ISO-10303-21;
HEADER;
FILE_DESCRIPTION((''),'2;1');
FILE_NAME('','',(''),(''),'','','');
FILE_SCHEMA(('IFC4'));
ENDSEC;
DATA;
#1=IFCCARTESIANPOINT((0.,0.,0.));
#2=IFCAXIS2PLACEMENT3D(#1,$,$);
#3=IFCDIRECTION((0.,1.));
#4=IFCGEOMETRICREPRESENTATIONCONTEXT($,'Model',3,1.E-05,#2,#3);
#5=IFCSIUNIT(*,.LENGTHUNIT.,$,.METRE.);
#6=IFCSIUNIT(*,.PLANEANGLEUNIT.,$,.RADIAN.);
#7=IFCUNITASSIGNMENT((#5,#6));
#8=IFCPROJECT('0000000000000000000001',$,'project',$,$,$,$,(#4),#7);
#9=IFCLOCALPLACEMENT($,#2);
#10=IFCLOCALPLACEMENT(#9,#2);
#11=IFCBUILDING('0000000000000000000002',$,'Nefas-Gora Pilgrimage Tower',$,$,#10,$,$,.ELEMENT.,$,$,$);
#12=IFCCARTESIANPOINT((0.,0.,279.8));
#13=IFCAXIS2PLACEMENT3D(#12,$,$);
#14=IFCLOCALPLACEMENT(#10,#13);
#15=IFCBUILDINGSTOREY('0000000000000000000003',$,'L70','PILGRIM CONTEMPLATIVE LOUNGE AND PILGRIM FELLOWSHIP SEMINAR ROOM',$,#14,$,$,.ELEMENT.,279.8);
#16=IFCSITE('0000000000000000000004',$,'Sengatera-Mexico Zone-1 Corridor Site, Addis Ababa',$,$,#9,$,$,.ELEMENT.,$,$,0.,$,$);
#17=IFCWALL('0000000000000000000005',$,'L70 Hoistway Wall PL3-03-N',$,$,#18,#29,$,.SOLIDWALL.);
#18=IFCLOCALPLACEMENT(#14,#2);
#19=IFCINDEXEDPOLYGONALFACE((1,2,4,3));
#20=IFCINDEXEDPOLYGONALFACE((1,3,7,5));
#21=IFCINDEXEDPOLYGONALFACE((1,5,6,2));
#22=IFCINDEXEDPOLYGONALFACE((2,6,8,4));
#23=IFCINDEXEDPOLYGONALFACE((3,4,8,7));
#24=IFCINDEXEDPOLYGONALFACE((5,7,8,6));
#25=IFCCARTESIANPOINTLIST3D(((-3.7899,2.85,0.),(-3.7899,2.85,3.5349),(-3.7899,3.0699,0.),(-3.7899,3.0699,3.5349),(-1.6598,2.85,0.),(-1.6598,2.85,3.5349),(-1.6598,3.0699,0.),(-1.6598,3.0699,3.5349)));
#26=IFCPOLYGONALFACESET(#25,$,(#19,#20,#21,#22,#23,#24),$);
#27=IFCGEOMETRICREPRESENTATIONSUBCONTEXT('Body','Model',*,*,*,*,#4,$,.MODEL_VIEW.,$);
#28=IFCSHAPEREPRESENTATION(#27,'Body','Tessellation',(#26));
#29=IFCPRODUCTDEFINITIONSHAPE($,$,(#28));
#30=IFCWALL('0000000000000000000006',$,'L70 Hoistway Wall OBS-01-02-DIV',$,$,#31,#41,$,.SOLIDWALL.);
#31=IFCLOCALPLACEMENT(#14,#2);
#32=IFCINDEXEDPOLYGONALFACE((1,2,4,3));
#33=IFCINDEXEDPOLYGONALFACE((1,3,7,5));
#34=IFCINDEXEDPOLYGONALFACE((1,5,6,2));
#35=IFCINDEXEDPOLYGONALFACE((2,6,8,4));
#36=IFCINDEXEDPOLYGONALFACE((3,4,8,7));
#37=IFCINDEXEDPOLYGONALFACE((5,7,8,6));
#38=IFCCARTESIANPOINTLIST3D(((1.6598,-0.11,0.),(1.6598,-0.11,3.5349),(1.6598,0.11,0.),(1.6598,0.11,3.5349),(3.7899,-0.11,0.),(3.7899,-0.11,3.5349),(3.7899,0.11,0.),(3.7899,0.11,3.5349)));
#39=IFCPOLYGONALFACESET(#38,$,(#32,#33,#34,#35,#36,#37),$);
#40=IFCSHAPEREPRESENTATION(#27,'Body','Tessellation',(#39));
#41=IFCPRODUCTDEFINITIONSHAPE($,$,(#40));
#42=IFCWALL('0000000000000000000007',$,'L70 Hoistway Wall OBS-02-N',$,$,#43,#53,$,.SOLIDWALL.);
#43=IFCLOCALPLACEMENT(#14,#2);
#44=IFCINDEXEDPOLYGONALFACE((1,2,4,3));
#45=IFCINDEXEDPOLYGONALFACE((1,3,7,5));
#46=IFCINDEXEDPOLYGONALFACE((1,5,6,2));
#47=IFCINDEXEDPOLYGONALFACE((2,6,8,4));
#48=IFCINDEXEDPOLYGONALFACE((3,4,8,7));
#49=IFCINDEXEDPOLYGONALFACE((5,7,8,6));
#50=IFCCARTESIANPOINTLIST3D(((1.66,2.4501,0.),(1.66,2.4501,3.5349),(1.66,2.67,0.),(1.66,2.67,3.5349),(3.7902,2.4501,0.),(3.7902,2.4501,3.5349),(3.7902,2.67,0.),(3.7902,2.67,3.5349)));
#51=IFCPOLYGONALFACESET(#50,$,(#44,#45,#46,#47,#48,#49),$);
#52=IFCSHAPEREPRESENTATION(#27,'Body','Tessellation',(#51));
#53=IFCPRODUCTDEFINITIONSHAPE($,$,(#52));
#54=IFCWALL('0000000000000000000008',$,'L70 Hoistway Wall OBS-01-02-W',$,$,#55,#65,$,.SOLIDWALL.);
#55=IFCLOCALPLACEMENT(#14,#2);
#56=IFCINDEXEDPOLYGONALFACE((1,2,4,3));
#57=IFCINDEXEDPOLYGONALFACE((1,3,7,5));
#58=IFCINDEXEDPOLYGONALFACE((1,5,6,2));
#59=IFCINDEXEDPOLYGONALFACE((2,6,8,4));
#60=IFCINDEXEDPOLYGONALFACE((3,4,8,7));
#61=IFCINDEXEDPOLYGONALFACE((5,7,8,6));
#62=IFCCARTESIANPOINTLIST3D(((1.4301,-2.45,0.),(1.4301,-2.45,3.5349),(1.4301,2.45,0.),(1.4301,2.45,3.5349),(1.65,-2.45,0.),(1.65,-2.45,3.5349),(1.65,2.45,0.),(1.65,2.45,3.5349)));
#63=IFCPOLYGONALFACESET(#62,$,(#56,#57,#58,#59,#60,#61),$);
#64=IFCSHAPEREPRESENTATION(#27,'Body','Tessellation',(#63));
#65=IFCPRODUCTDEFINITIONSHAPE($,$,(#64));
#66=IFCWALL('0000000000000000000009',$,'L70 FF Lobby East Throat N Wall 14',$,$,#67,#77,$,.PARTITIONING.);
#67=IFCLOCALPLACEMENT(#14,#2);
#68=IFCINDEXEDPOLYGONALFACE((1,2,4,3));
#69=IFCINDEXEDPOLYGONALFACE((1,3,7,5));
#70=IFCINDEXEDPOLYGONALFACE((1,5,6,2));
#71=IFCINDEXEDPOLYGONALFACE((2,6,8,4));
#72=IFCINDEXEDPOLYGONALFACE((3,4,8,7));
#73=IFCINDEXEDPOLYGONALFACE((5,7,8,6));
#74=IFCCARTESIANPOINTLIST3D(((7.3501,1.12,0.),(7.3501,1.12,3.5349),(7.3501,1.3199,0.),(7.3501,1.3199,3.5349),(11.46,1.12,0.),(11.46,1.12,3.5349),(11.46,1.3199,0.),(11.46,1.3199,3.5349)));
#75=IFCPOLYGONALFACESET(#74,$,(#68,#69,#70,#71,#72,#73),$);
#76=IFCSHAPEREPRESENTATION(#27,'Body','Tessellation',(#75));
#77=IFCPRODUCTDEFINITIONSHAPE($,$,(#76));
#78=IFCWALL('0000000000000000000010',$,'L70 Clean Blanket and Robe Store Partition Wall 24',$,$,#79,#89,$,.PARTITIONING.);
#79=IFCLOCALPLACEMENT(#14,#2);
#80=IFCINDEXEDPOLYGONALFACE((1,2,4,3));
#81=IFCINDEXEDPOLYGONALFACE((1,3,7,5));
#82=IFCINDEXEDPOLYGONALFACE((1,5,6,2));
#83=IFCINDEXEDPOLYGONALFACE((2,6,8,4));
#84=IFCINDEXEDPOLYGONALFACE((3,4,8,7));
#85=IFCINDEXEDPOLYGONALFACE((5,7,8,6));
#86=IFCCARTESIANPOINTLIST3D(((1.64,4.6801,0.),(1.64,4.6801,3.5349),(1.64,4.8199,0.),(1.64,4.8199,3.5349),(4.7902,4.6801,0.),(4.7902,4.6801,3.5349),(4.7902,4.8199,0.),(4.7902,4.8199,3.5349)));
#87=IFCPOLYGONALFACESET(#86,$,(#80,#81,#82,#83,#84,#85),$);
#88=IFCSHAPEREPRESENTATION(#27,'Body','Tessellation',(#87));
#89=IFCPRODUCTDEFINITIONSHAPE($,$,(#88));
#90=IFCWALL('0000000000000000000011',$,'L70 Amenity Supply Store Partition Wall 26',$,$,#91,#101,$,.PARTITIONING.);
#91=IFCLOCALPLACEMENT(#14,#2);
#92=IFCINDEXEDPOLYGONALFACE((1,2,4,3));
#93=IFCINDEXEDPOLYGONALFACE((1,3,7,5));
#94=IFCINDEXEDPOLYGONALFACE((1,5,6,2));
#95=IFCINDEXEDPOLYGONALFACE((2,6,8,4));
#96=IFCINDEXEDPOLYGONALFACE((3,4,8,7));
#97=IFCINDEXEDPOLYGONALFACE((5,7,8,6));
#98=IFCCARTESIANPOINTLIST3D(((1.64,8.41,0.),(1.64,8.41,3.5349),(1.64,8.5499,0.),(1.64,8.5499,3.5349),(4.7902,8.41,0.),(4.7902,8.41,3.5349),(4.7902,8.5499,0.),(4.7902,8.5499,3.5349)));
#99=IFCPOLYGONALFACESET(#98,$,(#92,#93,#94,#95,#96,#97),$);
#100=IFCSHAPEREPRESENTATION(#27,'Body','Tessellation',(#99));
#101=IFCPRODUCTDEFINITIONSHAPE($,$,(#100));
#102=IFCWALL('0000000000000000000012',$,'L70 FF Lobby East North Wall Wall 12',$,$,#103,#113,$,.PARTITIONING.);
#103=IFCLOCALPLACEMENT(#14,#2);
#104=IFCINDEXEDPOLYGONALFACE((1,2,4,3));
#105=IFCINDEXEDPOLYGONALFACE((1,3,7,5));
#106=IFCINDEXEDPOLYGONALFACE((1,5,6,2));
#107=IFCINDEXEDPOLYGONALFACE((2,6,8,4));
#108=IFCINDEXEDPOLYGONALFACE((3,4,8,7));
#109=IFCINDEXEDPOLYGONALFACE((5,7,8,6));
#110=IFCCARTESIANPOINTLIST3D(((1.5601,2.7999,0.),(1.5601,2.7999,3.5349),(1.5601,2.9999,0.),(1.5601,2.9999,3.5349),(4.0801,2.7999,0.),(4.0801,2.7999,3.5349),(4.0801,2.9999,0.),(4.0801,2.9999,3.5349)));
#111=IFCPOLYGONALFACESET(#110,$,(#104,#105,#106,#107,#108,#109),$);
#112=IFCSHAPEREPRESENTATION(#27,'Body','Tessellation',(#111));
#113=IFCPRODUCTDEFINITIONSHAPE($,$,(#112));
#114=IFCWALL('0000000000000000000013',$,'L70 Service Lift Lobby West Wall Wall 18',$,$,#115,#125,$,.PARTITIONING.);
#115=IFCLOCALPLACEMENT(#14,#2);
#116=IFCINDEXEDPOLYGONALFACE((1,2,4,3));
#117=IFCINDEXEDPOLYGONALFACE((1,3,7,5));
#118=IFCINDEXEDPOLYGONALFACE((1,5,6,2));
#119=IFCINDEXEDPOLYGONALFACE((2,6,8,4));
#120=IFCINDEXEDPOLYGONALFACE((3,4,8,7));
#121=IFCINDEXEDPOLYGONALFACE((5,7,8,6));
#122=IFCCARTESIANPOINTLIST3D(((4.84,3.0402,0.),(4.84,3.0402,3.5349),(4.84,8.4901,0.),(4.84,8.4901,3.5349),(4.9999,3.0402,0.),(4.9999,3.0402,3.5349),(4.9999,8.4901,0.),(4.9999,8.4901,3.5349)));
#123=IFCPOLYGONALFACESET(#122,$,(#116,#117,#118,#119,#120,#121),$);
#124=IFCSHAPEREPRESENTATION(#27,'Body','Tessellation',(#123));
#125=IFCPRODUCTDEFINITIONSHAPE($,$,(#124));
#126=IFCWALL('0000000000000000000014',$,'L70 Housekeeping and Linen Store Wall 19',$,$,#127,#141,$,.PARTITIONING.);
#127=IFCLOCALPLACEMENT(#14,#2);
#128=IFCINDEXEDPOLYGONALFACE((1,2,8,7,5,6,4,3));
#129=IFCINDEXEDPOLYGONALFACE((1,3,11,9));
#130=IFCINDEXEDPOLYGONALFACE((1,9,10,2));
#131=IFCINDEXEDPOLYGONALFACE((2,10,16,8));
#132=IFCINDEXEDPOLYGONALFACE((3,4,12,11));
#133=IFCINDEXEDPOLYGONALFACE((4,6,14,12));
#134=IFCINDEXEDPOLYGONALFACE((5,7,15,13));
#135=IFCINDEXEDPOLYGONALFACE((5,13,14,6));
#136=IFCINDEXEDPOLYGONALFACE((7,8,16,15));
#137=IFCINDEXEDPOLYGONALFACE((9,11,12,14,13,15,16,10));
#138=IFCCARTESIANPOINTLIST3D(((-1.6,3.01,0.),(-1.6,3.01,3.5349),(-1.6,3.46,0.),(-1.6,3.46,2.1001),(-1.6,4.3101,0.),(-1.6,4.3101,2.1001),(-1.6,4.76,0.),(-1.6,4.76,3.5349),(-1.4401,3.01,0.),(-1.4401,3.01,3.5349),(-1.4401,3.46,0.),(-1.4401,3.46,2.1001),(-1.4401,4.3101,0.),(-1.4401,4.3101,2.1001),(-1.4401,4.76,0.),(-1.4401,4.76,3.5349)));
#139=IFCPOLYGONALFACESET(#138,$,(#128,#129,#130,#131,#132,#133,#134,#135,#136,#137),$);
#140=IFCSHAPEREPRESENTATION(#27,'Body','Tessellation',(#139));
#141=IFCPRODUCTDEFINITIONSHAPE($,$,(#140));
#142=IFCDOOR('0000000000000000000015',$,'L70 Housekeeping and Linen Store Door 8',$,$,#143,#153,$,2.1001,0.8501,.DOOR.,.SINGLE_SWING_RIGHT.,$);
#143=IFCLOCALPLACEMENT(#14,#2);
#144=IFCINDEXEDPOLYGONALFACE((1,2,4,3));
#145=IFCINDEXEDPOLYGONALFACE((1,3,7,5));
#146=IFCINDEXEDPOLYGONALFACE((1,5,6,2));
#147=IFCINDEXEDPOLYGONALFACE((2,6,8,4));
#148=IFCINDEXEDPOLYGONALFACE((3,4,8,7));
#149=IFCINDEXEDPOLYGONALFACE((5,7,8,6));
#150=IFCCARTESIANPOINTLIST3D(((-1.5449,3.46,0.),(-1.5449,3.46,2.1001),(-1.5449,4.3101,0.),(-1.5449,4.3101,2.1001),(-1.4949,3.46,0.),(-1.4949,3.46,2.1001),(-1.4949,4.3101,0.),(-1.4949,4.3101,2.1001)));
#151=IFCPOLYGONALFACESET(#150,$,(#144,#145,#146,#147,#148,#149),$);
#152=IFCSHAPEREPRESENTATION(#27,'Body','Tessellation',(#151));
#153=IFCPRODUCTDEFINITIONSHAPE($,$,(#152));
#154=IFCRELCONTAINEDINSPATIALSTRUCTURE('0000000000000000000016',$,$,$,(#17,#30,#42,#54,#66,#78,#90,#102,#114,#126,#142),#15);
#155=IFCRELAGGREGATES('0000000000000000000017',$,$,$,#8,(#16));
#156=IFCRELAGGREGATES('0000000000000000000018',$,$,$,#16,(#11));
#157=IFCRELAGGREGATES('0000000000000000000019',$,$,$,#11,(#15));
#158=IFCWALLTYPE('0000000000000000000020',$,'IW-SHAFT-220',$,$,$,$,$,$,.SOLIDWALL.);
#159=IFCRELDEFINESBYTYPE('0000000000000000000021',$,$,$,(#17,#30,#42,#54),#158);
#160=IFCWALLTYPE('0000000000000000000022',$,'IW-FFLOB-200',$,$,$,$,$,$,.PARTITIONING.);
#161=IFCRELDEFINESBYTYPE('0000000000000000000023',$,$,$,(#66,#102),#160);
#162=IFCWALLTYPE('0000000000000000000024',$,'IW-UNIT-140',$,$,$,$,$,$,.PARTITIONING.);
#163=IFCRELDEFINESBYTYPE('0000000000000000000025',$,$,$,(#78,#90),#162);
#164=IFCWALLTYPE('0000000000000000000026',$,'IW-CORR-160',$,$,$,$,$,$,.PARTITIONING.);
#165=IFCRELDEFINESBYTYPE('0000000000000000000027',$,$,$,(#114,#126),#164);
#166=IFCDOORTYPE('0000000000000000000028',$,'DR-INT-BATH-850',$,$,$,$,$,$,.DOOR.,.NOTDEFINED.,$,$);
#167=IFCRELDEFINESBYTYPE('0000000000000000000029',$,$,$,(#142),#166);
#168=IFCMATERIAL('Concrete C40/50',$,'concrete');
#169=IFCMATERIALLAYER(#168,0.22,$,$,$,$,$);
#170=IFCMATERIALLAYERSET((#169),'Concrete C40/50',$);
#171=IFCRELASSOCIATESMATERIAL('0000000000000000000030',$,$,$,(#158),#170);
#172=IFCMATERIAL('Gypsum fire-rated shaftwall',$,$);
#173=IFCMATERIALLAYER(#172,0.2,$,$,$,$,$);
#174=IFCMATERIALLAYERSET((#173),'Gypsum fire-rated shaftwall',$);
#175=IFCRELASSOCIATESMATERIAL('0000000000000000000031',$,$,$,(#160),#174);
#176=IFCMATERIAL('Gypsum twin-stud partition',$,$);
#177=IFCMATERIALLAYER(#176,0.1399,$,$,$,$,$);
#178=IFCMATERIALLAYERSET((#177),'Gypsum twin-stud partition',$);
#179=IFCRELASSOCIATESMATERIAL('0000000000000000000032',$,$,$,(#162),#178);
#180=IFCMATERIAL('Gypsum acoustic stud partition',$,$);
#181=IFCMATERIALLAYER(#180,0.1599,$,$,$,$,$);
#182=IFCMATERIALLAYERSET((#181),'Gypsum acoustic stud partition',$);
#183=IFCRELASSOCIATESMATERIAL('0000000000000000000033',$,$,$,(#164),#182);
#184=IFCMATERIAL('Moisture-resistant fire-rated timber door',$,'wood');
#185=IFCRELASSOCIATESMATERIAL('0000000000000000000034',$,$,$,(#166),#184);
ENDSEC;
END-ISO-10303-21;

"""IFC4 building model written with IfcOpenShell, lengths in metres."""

from ifc_helpers import new_model, si_unit, direction, frame, frame_2d, origin, place, context, subcontext, project, spatial, rectangle, extrude, source, transform, mapped, material, layer, layer_set, type_object, element, fill, save


model = new_model("IFC4")

# Units and contexts
model_context = context("Model", 3, precision=1e-05, world=origin(), true_north=direction((0.0, 1.0)))
body_context = subcontext(model_context, "Body", "Model", "MODEL_VIEW")
ifc_project = project(units=[si_unit("LENGTHUNIT", "METRE"), si_unit("PLANEANGLEUNIT", "RADIAN")], contexts=[model_context])

# Site, building, storey
site_placement = place(None, origin())
site = spatial("IfcSite", under=ifc_project, at=site_placement, Name="Sengatera-Mexico Zone-1 Corridor Site, Addis Ababa", CompositionType="ELEMENT", RefElevation=0.0)
building_placement = place(site_placement, origin())
building = spatial("IfcBuilding", under=site, at=building_placement, Name="Nefas-Gora Pilgrimage Tower", CompositionType="ELEMENT")
storey_placement = place(building_placement, frame((0.0, 0.0, 279.8)))
storey = spatial("IfcBuildingStorey", under=building, at=storey_placement, Name="L70", Description="PILGRIM CONTEMPLATIVE LOUNGE AND PILGRIM FELLOWSHIP SEMINAR ROOM", CompositionType="ELEMENT", Elevation=279.8)

# Shared definitions
ifc_material_1 = material(Name="Concrete C40/50", Category="concrete")

# Walls
ifc_layer_1 = layer(ifc_material_1, 0.22)
ifc_layer_set_1 = layer_set([ifc_layer_1], Name="Concrete C40/50")
wall_type_1 = type_object("IfcWallType", Name="IW-SHAFT-220", PredefinedType="SOLIDWALL", material=ifc_layer_set_1)
shared_shape_1 = source(origin(), body_context, "Body", "SweptSolid", [
    extrude(rectangle(XDim=2.1301, YDim=0.22, at=frame_2d((1.0649, 0.0))), origin(), (0.0, 0.0, 1.0), 3.5349),
])
for number, where, z_axis, x_axis, name in (
    (1, (-1.6599, 2.96, 0.0), (0.0, 0.0, 1.0), (-1.0, 0.0, 0.0), "L70 Hoistway Wall PL3-03-N"),
    (2, (1.6599, 0.0, 0.0), (0.0, 0.0, 1.0), (1.0, 0.0, 0.0), "L70 Hoistway Wall OBS-01-02-DIV"),
    (3, (3.79, 2.5601, 0.0), (0.0, 0.0, 1.0), (-1.0, 0.0, 0.0), "L70 Hoistway Wall OBS-02-N"),
):
    element("IfcWall", number, at=place(storey_placement, frame(where, z_axis=z_axis, x_axis=x_axis)), inside=storey, type_object=wall_type_1, Name=name, PredefinedType="SOLIDWALL", context=body_context, shape_type="MappedRepresentation", body=[
        mapped(shared_shape_1, transform((0.0, 0.0, 0.0), x_axis=(1.0, 0.0, 0.0), y_axis=(0.0, 1.0, 0.0), z_axis=(0.0, 0.0, 1.0), scale=1.0)),
    ])
shared_shape_2 = source(origin(), body_context, "Body", "SweptSolid", [
    extrude(rectangle(XDim=4.8999, YDim=0.22, at=frame_2d((2.45, 0.0))), origin(), (0.0, 0.0, 1.0), 3.5349),
])
wall_1_placement = place(storey_placement, frame((1.54, 2.45, 0.0), z_axis=(0.0, 0.0, 1.0), x_axis=(0.0, -1.0, 0.0)))
element("IfcWall", 4, at=wall_1_placement, inside=storey, type_object=wall_type_1, Name="L70 Hoistway Wall OBS-01-02-W", PredefinedType="SOLIDWALL", context=body_context, shape_type="MappedRepresentation", body=[
    mapped(shared_shape_2, transform((0.0, 0.0, 0.0), x_axis=(1.0, 0.0, 0.0), y_axis=(0.0, 1.0, 0.0), z_axis=(0.0, 0.0, 1.0), scale=1.0)),
])

# Shared definitions
ifc_material_2 = material(Name="Gypsum fire-rated shaftwall")
ifc_layer_2 = layer(ifc_material_2, 0.2)
ifc_layer_set_2 = layer_set([ifc_layer_2], Name="Gypsum fire-rated shaftwall")
wall_type_2 = type_object("IfcWallType", Name="IW-FFLOB-200", PredefinedType="PARTITIONING", material=ifc_layer_set_2)

# Walls
shared_shape_3 = source(origin(), body_context, "Body", "SweptSolid", [
    extrude(rectangle(XDim=4.1099, YDim=0.2, at=frame_2d((2.0549, 0.0))), origin(), (0.0, 0.0, 1.0), 3.5349),
])
wall_2_placement = place(storey_placement, frame((7.3501, 1.22, 0.0), z_axis=(0.0, 0.0, 1.0), x_axis=(1.0, 0.0, 0.0)))
element("IfcWall", 5, at=wall_2_placement, inside=storey, type_object=wall_type_2, Name="L70 FF Lobby East Throat N Wall 14", PredefinedType="PARTITIONING", context=body_context, shape_type="MappedRepresentation", body=[
    mapped(shared_shape_3, transform((0.0, 0.0, 0.0), x_axis=(1.0, 0.0, 0.0), y_axis=(0.0, 1.0, 0.0), z_axis=(0.0, 0.0, 1.0), scale=1.0)),
])
ifc_material_3 = material(Name="Gypsum twin-stud partition")
ifc_layer_3 = layer(ifc_material_3, 0.1399)
ifc_layer_set_3 = layer_set([ifc_layer_3], Name="Gypsum twin-stud partition")
wall_type_3 = type_object("IfcWallType", Name="IW-UNIT-140", PredefinedType="PARTITIONING", material=ifc_layer_set_3)
shared_shape_4 = source(origin(), body_context, "Body", "SweptSolid", [
    extrude(rectangle(XDim=3.1501, YDim=0.1399, at=frame_2d((1.5752, 0.0))), origin(), (0.0, 0.0, 1.0), 3.5349),
])
for number, where, z_axis, x_axis, name in (
    (6, (1.6399, 4.75, 0.0), (0.0, 0.0, 1.0), (1.0, 0.0, 0.0), "L70 Clean Blanket and Robe Store Partition Wall 24"),
    (7, (1.6399, 8.48, 0.0), (0.0, 0.0, 1.0), (1.0, 0.0, 0.0), "L70 Amenity Supply Store Partition Wall 26"),
):
    element("IfcWall", number, at=place(storey_placement, frame(where, z_axis=z_axis, x_axis=x_axis)), inside=storey, type_object=wall_type_3, Name=name, PredefinedType="PARTITIONING", context=body_context, shape_type="MappedRepresentation", body=[
        mapped(shared_shape_4, transform((0.0, 0.0, 0.0), x_axis=(1.0, 0.0, 0.0), y_axis=(0.0, 1.0, 0.0), z_axis=(0.0, 0.0, 1.0), scale=1.0)),
    ])
shared_shape_5 = source(origin(), body_context, "Body", "SweptSolid", [
    extrude(rectangle(XDim=2.52, YDim=0.2, at=frame_2d((1.26, 0.0))), origin(), (0.0, 0.0, 1.0), 3.5349),
])
wall_3_placement = place(storey_placement, frame((1.5601, 2.8999, 0.0), z_axis=(0.0, 0.0, 1.0), x_axis=(1.0, 0.0, 0.0)))
element("IfcWall", 8, at=wall_3_placement, inside=storey, type_object=wall_type_2, Name="L70 FF Lobby East North Wall Wall 12", PredefinedType="PARTITIONING", context=body_context, shape_type="MappedRepresentation", body=[
    mapped(shared_shape_5, transform((0.0, 0.0, 0.0), x_axis=(1.0, 0.0, 0.0), y_axis=(0.0, 1.0, 0.0), z_axis=(0.0, 0.0, 1.0), scale=1.0)),
])
ifc_material_4 = material(Name="Gypsum acoustic stud partition")
ifc_layer_4 = layer(ifc_material_4, 0.1599)
ifc_layer_set_4 = layer_set([ifc_layer_4], Name="Gypsum acoustic stud partition")
wall_type_4 = type_object("IfcWallType", Name="IW-CORR-160", PredefinedType="PARTITIONING", material=ifc_layer_set_4)
shared_shape_6 = source(origin(), body_context, "Body", "SweptSolid", [
    extrude(rectangle(XDim=5.45, YDim=0.1599, at=frame_2d((2.7251, 0.0))), origin(), (0.0, 0.0, 1.0), 3.5349),
])
wall_4_placement = place(storey_placement, frame((4.9199, 3.04, 0.0), z_axis=(0.0, 0.0, 1.0), x_axis=(0.0, 1.0, 0.0)))
element("IfcWall", 9, at=wall_4_placement, inside=storey, type_object=wall_type_4, Name="L70 Service Lift Lobby West Wall Wall 18", PredefinedType="PARTITIONING", context=body_context, shape_type="MappedRepresentation", body=[
    mapped(shared_shape_6, transform((0.0, 0.0, 0.0), x_axis=(1.0, 0.0, 0.0), y_axis=(0.0, 1.0, 0.0), z_axis=(0.0, 0.0, 1.0), scale=1.0)),
])

# Wall, opening, door
shared_shape_7 = source(origin(), body_context, "Body", "SweptSolid", [
    extrude(rectangle(XDim=1.75, YDim=0.1599, at=frame_2d((0.875, 0.0))), origin(), (0.0, 0.0, 1.0), 3.5349),
])
wall_5_placement = place(storey_placement, frame((-1.52, 3.01, 0.0), z_axis=(0.0, 0.0, 1.0), x_axis=(0.0, 1.0, 0.0)))
wall_5 = element("IfcWall", 10, at=wall_5_placement, inside=storey, type_object=wall_type_4, Name="L70 Housekeeping and Linen Store Wall 19", PredefinedType="PARTITIONING", context=body_context, shape_type="MappedRepresentation", body=[
    mapped(shared_shape_7, transform((0.0, 0.0, 0.0), x_axis=(1.0, 0.0, 0.0), y_axis=(0.0, 1.0, 0.0), z_axis=(0.0, 0.0, 1.0), scale=1.0)),
])
opening_1_placement = place(wall_5_placement, frame((0.45, 0.0, 0.0)))
opening_1 = element("IfcOpeningElement", 11, at=opening_1_placement, cuts=wall_5, PredefinedType="OPENING", context=body_context, shape_type="SweptSolid", body=[
    extrude(rectangle(XDim=0.8501, YDim=2.1001, at=frame_2d((0.425, 1.05))), frame((0.0, 0.0898, 0.0), z_axis=(0.0, -1.0, 0.0), x_axis=(1.0, 0.0, 0.0)), (0.0, 0.0, 1.0), 0.1799),
])
ifc_material_5 = material(Name="Moisture-resistant fire-rated timber door", Category="wood")
door_type_1 = type_object("IfcDoorType", Name="DR-INT-BATH-850", OperationType="NOTDEFINED", PredefinedType="DOOR", material=ifc_material_5)
shared_shape_8 = source(origin(), body_context, "Body", "SweptSolid", [
    extrude(rectangle(XDim=0.8501, YDim=2.1001, at=frame_2d((0.425, 1.05))), frame((0.0, 0.0249, 0.0), z_axis=(0.0, -1.0, 0.0), x_axis=(1.0, 0.0, 0.0)), (0.0, 0.0, 1.0), 0.05),
])
door_1_placement = place(opening_1_placement, origin())
door_1 = element("IfcDoor", 12, at=door_1_placement, inside=storey, type_object=door_type_1, Name="L70 Housekeeping and Linen Store Door 8", OperationType="SINGLE_SWING_RIGHT", OverallHeight=2.1001, OverallWidth=0.8501, PredefinedType="DOOR", context=body_context, shape_type="MappedRepresentation", body=[
    mapped(shared_shape_8, transform((0.0, 0.0, 0.0), x_axis=(1.0, 0.0, 0.0), y_axis=(0.0, 1.0, 0.0), z_axis=(0.0, 0.0, 1.0), scale=1.0)),
])
fill(opening_1, door_1)

save(model, "model.ifc")
